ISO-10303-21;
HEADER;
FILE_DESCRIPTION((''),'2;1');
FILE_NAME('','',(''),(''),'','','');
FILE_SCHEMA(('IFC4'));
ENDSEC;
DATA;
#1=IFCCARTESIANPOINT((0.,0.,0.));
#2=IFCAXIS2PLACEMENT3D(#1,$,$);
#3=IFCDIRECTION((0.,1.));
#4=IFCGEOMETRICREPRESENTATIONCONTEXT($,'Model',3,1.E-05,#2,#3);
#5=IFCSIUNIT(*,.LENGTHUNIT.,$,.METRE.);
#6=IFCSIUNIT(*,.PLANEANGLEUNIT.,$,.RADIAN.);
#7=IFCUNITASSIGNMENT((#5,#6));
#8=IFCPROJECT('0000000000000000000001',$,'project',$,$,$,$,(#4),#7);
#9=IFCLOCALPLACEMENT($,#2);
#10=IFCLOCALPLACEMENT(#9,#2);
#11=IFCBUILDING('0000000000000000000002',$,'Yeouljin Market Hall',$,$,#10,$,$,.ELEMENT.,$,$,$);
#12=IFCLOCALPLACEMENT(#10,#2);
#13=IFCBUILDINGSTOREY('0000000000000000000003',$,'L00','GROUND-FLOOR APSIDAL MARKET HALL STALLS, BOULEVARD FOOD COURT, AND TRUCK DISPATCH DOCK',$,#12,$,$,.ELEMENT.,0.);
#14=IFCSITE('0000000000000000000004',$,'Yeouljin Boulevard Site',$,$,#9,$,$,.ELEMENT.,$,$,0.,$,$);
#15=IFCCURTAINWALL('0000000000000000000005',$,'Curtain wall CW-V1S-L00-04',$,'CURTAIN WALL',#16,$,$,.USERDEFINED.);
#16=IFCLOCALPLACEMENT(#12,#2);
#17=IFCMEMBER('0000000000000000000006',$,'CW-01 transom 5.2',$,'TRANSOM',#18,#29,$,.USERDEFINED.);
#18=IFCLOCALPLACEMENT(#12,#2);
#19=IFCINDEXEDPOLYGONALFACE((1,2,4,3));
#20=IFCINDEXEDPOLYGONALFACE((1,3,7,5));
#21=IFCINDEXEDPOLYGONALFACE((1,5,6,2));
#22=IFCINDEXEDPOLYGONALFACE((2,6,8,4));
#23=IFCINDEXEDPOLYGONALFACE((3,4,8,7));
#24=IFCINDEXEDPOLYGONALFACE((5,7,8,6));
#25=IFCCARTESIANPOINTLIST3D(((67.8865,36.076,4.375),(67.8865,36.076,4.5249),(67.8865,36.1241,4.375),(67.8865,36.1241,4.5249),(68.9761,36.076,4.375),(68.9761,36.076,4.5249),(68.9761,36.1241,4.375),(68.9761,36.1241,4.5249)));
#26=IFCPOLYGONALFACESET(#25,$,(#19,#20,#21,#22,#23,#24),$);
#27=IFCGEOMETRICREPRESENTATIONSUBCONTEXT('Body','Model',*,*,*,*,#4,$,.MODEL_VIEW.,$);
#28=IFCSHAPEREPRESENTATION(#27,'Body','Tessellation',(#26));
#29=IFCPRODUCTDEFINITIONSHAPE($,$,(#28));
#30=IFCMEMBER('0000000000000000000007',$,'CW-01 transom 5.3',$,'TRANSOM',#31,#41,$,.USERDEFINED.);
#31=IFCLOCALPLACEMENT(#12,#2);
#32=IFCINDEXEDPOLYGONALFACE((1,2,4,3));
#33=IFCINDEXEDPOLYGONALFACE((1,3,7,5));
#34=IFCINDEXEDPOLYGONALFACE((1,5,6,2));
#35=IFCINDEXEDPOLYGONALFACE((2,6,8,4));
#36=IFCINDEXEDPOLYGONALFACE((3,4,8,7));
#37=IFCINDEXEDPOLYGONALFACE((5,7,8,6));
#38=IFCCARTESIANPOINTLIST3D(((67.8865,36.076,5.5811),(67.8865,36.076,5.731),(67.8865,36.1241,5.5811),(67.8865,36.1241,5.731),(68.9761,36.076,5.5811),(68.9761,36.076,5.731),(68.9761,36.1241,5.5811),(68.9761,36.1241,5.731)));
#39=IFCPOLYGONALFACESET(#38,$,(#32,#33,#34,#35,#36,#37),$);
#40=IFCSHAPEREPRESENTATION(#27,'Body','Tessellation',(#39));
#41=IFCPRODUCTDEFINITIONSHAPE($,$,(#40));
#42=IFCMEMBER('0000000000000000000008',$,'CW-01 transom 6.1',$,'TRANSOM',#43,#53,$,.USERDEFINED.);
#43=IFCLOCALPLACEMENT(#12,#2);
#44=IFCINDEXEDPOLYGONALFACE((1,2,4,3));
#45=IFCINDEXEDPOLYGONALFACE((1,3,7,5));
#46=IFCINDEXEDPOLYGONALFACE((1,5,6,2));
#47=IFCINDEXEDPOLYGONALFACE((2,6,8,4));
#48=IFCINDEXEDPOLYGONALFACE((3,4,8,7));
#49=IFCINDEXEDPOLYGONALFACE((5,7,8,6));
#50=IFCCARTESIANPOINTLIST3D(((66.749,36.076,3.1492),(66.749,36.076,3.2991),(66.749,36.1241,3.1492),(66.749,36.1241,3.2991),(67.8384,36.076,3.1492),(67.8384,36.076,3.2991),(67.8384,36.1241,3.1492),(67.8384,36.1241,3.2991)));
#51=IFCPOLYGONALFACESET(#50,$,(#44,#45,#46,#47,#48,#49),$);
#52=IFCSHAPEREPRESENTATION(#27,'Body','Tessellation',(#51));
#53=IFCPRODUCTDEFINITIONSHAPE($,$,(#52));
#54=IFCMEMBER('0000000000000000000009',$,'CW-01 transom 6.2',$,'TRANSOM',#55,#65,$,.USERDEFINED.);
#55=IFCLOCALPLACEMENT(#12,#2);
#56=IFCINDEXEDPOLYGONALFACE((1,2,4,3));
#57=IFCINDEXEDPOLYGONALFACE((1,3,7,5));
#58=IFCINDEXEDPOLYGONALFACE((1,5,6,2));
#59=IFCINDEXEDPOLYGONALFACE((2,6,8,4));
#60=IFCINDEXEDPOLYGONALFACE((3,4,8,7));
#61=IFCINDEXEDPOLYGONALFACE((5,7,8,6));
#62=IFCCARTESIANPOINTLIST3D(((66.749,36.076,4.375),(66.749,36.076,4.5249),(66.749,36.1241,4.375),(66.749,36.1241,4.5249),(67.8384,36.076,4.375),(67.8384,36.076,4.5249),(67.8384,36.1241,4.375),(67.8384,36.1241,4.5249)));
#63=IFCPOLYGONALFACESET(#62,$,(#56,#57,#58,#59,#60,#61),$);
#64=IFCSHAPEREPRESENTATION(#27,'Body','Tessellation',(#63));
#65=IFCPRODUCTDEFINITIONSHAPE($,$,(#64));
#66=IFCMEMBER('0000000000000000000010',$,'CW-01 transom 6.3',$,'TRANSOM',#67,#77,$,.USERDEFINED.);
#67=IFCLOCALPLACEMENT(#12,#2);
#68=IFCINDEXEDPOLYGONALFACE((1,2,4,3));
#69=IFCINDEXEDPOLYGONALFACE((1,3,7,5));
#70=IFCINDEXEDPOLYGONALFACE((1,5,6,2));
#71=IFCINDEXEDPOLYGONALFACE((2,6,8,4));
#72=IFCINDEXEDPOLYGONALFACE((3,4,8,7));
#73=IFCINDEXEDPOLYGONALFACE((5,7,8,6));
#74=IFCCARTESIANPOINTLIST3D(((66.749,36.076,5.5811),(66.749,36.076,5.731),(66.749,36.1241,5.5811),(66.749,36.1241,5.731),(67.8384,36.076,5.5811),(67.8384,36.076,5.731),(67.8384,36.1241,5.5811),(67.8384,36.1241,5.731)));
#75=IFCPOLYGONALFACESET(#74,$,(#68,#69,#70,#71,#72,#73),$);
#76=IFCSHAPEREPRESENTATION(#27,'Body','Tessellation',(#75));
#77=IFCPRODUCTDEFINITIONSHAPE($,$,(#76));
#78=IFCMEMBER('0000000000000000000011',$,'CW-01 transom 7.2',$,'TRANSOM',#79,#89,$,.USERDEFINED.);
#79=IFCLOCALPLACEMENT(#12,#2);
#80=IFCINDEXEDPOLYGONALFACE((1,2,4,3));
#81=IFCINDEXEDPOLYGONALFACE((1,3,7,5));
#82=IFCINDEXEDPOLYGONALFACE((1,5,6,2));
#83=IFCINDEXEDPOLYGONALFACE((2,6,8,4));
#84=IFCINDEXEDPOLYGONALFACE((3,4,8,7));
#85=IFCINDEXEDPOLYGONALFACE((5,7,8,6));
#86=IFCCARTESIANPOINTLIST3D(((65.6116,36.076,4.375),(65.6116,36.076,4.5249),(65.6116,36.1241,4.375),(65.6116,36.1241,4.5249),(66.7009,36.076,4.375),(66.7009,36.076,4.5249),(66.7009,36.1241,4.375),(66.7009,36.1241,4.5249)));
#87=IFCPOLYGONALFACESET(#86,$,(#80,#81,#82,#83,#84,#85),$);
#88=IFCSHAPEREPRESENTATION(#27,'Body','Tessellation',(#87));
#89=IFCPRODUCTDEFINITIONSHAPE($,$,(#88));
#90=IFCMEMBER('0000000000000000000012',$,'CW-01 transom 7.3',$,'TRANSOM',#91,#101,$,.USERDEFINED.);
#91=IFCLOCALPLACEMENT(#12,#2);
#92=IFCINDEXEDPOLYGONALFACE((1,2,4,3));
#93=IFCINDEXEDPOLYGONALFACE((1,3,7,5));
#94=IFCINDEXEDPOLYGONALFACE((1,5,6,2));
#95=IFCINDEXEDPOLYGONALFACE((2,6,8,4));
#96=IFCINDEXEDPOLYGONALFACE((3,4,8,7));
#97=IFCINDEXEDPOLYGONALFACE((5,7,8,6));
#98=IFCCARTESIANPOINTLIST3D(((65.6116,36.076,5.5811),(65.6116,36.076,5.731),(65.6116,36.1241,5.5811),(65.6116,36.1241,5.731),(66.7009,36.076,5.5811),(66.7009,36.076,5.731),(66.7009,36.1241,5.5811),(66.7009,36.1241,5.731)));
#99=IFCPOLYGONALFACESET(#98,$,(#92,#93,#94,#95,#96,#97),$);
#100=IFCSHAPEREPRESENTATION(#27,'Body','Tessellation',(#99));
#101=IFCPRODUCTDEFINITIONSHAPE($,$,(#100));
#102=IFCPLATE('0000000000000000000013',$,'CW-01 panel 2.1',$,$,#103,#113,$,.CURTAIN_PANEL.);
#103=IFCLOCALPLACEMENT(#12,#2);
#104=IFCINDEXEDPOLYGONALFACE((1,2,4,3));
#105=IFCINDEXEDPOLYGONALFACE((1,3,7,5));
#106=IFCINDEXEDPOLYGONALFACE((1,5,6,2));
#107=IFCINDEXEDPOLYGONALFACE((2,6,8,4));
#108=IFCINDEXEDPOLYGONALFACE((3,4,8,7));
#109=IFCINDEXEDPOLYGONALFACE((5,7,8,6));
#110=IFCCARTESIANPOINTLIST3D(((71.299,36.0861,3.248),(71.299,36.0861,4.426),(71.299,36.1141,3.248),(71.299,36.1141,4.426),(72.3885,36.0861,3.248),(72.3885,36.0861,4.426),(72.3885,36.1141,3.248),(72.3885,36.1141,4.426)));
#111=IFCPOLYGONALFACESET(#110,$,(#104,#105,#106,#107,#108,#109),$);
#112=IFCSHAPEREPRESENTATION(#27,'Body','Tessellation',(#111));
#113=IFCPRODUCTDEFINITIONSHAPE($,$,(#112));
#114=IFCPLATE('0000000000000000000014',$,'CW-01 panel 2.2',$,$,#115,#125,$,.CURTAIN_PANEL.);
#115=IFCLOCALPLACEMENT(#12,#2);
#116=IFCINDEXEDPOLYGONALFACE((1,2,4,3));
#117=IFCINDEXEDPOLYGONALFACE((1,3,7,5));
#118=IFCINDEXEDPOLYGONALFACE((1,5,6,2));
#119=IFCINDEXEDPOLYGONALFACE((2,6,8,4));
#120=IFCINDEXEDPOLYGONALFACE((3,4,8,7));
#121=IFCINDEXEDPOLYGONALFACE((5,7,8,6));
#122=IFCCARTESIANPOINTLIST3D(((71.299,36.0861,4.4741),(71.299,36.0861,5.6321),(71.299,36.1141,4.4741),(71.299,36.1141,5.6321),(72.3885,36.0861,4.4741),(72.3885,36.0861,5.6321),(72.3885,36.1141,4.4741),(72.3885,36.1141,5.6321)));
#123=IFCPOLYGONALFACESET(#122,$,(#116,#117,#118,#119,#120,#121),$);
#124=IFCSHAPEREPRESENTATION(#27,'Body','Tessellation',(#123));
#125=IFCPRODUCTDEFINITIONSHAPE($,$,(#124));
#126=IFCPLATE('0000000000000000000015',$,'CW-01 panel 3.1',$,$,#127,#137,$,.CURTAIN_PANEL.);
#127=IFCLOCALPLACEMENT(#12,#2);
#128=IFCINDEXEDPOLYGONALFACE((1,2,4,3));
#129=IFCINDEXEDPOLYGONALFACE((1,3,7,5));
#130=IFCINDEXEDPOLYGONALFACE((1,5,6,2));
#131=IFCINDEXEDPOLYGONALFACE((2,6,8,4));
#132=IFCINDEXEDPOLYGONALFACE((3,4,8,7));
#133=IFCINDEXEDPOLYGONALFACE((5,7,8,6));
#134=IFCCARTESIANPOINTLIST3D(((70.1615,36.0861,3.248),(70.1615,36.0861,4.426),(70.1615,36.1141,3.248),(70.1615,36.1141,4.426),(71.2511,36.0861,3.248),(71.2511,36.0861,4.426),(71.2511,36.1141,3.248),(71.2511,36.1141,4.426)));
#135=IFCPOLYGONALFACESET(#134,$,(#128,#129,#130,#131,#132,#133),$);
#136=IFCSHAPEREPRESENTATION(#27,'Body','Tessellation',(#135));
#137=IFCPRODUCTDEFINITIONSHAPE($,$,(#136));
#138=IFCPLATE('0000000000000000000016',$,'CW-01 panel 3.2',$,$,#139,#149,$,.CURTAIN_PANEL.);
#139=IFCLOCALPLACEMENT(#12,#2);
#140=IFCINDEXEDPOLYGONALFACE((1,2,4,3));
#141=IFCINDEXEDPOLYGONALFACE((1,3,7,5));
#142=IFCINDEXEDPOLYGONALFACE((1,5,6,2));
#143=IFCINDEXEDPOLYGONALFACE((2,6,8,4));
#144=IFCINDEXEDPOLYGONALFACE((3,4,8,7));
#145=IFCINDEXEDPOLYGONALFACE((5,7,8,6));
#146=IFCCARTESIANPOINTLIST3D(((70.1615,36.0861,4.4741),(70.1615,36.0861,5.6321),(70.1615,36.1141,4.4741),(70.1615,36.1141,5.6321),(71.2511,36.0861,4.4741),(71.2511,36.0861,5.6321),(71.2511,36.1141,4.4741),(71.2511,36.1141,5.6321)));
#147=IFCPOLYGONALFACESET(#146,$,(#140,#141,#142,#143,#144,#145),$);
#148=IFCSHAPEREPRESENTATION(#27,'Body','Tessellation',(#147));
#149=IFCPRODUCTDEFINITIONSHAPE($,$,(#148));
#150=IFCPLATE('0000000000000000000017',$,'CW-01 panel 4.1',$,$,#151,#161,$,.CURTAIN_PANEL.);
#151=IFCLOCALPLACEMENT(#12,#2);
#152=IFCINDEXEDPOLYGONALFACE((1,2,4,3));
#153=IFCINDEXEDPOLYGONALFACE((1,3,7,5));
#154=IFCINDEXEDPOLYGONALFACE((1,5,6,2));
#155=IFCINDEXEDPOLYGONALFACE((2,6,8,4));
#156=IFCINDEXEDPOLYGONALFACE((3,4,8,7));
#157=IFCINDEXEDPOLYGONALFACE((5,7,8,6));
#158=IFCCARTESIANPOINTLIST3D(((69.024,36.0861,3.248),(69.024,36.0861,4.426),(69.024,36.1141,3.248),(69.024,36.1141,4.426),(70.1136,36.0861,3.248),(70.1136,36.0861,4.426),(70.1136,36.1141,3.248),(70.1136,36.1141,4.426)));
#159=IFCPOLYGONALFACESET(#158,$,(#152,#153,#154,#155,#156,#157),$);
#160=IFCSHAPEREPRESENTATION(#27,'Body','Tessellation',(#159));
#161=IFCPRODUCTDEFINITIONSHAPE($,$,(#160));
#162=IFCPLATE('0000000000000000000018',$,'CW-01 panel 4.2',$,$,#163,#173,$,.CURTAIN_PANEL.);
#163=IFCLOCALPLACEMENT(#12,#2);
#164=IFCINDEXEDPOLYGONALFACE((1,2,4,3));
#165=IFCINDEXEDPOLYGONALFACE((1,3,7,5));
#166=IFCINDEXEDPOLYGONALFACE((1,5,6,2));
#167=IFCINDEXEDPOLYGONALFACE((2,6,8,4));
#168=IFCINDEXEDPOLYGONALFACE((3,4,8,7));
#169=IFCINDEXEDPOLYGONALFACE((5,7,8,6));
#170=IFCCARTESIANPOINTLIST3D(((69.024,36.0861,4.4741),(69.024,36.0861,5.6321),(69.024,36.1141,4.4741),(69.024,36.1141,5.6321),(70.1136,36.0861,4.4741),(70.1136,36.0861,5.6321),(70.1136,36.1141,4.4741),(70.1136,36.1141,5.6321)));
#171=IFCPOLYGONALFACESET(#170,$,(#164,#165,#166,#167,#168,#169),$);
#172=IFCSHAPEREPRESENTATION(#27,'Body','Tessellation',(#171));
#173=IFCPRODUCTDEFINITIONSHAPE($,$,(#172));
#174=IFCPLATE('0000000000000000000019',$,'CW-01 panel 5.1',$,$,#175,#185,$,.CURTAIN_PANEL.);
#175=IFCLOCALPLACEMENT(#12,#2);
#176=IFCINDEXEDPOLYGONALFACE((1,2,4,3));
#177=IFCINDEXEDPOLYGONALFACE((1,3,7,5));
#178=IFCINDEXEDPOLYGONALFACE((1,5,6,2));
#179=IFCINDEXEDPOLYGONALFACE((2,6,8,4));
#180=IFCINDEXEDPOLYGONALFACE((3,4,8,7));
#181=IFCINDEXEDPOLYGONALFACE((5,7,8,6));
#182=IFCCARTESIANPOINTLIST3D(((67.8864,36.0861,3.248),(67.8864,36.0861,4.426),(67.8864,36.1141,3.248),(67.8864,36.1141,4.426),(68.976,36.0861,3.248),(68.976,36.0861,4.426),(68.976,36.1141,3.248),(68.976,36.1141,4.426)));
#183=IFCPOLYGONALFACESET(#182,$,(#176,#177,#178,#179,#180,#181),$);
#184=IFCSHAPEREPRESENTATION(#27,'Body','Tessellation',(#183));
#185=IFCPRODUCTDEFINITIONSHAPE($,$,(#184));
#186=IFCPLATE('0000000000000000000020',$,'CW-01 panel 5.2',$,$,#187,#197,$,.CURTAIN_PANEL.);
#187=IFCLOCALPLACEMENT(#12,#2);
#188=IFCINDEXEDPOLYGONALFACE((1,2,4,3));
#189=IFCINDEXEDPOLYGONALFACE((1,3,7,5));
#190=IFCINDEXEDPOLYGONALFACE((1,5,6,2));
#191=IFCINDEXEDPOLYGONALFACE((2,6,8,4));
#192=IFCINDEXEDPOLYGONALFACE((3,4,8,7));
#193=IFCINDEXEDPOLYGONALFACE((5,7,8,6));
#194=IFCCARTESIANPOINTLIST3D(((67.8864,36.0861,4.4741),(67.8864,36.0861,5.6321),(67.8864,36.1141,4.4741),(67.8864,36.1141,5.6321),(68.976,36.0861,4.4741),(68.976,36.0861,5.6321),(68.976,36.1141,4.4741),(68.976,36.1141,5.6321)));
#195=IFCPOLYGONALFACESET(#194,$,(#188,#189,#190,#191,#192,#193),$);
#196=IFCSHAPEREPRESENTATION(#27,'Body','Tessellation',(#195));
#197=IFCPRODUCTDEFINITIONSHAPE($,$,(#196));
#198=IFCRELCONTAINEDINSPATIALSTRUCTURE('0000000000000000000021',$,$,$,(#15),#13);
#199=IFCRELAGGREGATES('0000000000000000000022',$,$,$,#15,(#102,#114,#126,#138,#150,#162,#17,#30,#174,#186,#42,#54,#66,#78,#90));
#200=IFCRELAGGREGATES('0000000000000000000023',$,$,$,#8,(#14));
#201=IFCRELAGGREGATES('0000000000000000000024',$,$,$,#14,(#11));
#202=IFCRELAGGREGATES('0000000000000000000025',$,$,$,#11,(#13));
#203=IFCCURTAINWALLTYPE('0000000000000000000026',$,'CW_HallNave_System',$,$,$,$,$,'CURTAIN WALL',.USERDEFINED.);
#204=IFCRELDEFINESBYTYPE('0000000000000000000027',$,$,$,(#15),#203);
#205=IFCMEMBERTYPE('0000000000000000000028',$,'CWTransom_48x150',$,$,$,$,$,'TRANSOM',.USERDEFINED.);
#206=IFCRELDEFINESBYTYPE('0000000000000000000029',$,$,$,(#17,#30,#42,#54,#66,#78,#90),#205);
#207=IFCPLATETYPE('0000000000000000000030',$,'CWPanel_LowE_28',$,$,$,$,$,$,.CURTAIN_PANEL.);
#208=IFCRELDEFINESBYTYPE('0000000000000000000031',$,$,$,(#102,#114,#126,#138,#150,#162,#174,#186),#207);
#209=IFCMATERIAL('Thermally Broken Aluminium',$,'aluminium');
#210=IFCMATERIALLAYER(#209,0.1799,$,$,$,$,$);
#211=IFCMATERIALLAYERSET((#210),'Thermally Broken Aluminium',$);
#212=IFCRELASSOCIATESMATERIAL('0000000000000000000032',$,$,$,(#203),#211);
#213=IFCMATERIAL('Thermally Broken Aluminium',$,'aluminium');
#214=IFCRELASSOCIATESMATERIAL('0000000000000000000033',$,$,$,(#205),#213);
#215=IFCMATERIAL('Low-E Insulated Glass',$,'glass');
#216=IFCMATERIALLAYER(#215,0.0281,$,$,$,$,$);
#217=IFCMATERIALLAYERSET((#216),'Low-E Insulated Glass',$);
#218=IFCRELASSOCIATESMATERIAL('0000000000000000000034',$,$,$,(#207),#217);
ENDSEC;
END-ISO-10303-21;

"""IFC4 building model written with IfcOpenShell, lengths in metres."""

from ifc_helpers import new_model, si_unit, direction, frame, origin, origin_2d, place, context, subcontext, project, spatial, rectangle, extrude, material, layer, layer_set, material_profile, profile_set, type_object, element, aggregate, save


model = new_model("IFC4")

# Units and contexts
model_context = context("Model", 3, precision=1e-05, world=origin(), true_north=direction((0.0, 1.0)))
body_context = subcontext(model_context, "Body", "Model", "MODEL_VIEW")
ifc_project = project(units=[si_unit("LENGTHUNIT", "METRE"), si_unit("PLANEANGLEUNIT", "RADIAN")], contexts=[model_context])

# Site, building, storey
site_placement = place(None, origin())
site = spatial("IfcSite", under=ifc_project, at=site_placement, Name="Yeouljin Boulevard Site", CompositionType="ELEMENT", RefElevation=0.0)
building_placement = place(site_placement, origin())
building = spatial("IfcBuilding", under=site, at=building_placement, Name="Yeouljin Market Hall", CompositionType="ELEMENT")
storey_placement = place(building_placement, origin())
storey = spatial("IfcBuildingStorey", under=building, at=storey_placement, Name="L00", Description="GROUND-FLOOR APSIDAL MARKET HALL STALLS, BOULEVARD FOOD COURT, AND TRUCK DISPATCH DOCK", CompositionType="ELEMENT", Elevation=0.0)

# Curtain wall, members, plates
ifc_material_1 = material(Name="Thermally Broken Aluminium", Category="aluminium")
ifc_layer_1 = layer(ifc_material_1, 0.1799)
ifc_layer_set_1 = layer_set([ifc_layer_1], Name="Thermally Broken Aluminium")
curtain_wall_type = type_object("IfcCurtainWallType", Name="CW_HallNave_System", ElementType="CURTAIN WALL", PredefinedType="USERDEFINED", material=ifc_layer_set_1)
curtain_wall_placement = place(storey_placement, origin())
curtain_wall = element("IfcCurtainWall", 1, at=curtain_wall_placement, inside=storey, type_object=curtain_wall_type, Name="Curtain wall CW-V1S-L00-04", ObjectType="CURTAIN WALL", PredefinedType="USERDEFINED")
ifc_material_2 = material(Name="Thermally Broken Aluminium", Category="aluminium")
ifc_material_profile_1 = material_profile(ifc_material_2, rectangle(XDim=0.0481, YDim=0.1499, at=origin_2d()), Name="CW-TRAN-48x150")
ifc_profile_set_1 = profile_set([ifc_material_profile_1], Name="Thermally Broken Aluminium")
member_type_1 = type_object("IfcMemberType", Name="CWTransom_48x150", ElementType="TRANSOM", PredefinedType="USERDEFINED", material=ifc_profile_set_1)
member_1_placement = place(storey_placement, frame((68.9761, 36.1001, 4.45), z_axis=(-1.0, 0.0, 0.0), x_axis=(0.0, -1.0, 0.0)))
member_1 = element("IfcMember", 2, at=member_1_placement, type_object=member_type_1, Name="CW-01 transom 5.2", ObjectType="TRANSOM", PredefinedType="USERDEFINED", context=body_context, shape_type="SweptSolid", body=[
    extrude(rectangle(XDim=0.0481, YDim=0.1499, at=origin_2d()), origin(), (0.0, 0.0, 1.0), 1.0896),
])
member_2_placement = place(storey_placement, frame((68.9761, 36.1001, 5.656), z_axis=(-1.0, 0.0, 0.0), x_axis=(0.0, -1.0, 0.0)))
member_2 = element("IfcMember", 3, at=member_2_placement, type_object=member_type_1, Name="CW-01 transom 5.3", ObjectType="TRANSOM", PredefinedType="USERDEFINED", context=body_context, shape_type="SweptSolid", body=[
    extrude(rectangle(XDim=0.0481, YDim=0.1499, at=origin_2d()), origin(), (0.0, 0.0, 1.0), 1.0896),
])
member_3_placement = place(storey_placement, frame((67.8384, 36.1001, 3.2241), z_axis=(-1.0, 0.0, 0.0), x_axis=(0.0, -1.0, 0.0)))
member_3 = element("IfcMember", 4, at=member_3_placement, type_object=member_type_1, Name="CW-01 transom 6.1", ObjectType="TRANSOM", PredefinedType="USERDEFINED", context=body_context, shape_type="SweptSolid", body=[
    extrude(rectangle(XDim=0.0481, YDim=0.1499, at=origin_2d()), origin(), (0.0, 0.0, 1.0), 1.0894),
])
member_4_placement = place(storey_placement, frame((67.8384, 36.1001, 4.45), z_axis=(-1.0, 0.0, 0.0), x_axis=(0.0, -1.0, 0.0)))
member_4 = element("IfcMember", 5, at=member_4_placement, type_object=member_type_1, Name="CW-01 transom 6.2", ObjectType="TRANSOM", PredefinedType="USERDEFINED", context=body_context, shape_type="SweptSolid", body=[
    extrude(rectangle(XDim=0.0481, YDim=0.1499, at=origin_2d()), origin(), (0.0, 0.0, 1.0), 1.0894),
])
member_5_placement = place(storey_placement, frame((67.8384, 36.1001, 5.656), z_axis=(-1.0, 0.0, 0.0), x_axis=(0.0, -1.0, 0.0)))
member_5 = element("IfcMember", 6, at=member_5_placement, type_object=member_type_1, Name="CW-01 transom 6.3", ObjectType="TRANSOM", PredefinedType="USERDEFINED", context=body_context, shape_type="SweptSolid", body=[
    extrude(rectangle(XDim=0.0481, YDim=0.1499, at=origin_2d()), origin(), (0.0, 0.0, 1.0), 1.0894),
])
member_6_placement = place(storey_placement, frame((66.7009, 36.1001, 4.45), z_axis=(-1.0, 0.0, 0.0), x_axis=(0.0, -1.0, 0.0)))
member_6 = element("IfcMember", 7, at=member_6_placement, type_object=member_type_1, Name="CW-01 transom 7.2", ObjectType="TRANSOM", PredefinedType="USERDEFINED", context=body_context, shape_type="SweptSolid", body=[
    extrude(rectangle(XDim=0.0481, YDim=0.1499, at=origin_2d()), origin(), (0.0, 0.0, 1.0), 1.0894),
])
member_7_placement = place(storey_placement, frame((66.7009, 36.1001, 5.656), z_axis=(-1.0, 0.0, 0.0), x_axis=(0.0, -1.0, 0.0)))
member_7 = element("IfcMember", 8, at=member_7_placement, type_object=member_type_1, Name="CW-01 transom 7.3", ObjectType="TRANSOM", PredefinedType="USERDEFINED", context=body_context, shape_type="SweptSolid", body=[
    extrude(rectangle(XDim=0.0481, YDim=0.1499, at=origin_2d()), origin(), (0.0, 0.0, 1.0), 1.0894),
])
ifc_material_3 = material(Name="Low-E Insulated Glass", Category="glass")
ifc_layer_2 = layer(ifc_material_3, 0.0281)
ifc_layer_set_2 = layer_set([ifc_layer_2], Name="Low-E Insulated Glass")
plate_type = type_object("IfcPlateType", Name="CWPanel_LowE_28", PredefinedType="CURTAIN_PANEL", material=ifc_layer_set_2)
plate_1_placement = place(storey_placement, frame((71.8438, 36.1001, 3.248), z_axis=(0.0, 0.0, 1.0), x_axis=(-1.0, 0.0, 0.0)))
plate_1 = element("IfcPlate", 9, at=plate_1_placement, type_object=plate_type, Name="CW-01 panel 2.1", PredefinedType="CURTAIN_PANEL", context=body_context, shape_type="SweptSolid", body=[
    extrude(rectangle(XDim=1.0896, YDim=0.0281, at=origin_2d()), origin(), (0.0, 0.0, 1.0), 1.178),
])
plate_2_placement = place(storey_placement, frame((71.8438, 36.1001, 4.4741), z_axis=(0.0, 0.0, 1.0), x_axis=(-1.0, 0.0, 0.0)))
plate_2 = element("IfcPlate", 10, at=plate_2_placement, type_object=plate_type, Name="CW-01 panel 2.2", PredefinedType="CURTAIN_PANEL", context=body_context, shape_type="SweptSolid", body=[
    extrude(rectangle(XDim=1.0896, YDim=0.0281, at=origin_2d()), origin(), (0.0, 0.0, 1.0), 1.158),
])
plate_3_placement = place(storey_placement, frame((70.7063, 36.1001, 3.248), z_axis=(0.0, 0.0, 1.0), x_axis=(-1.0, 0.0, 0.0)))
plate_3 = element("IfcPlate", 11, at=plate_3_placement, type_object=plate_type, Name="CW-01 panel 3.1", PredefinedType="CURTAIN_PANEL", context=body_context, shape_type="SweptSolid", body=[
    extrude(rectangle(XDim=1.0896, YDim=0.0281, at=origin_2d()), origin(), (0.0, 0.0, 1.0), 1.178),
])
plate_4_placement = place(storey_placement, frame((70.7063, 36.1001, 4.4741), z_axis=(0.0, 0.0, 1.0), x_axis=(-1.0, 0.0, 0.0)))
plate_4 = element("IfcPlate", 12, at=plate_4_placement, type_object=plate_type, Name="CW-01 panel 3.2", PredefinedType="CURTAIN_PANEL", context=body_context, shape_type="SweptSolid", body=[
    extrude(rectangle(XDim=1.0896, YDim=0.0281, at=origin_2d()), origin(), (0.0, 0.0, 1.0), 1.158),
])
plate_5_placement = place(storey_placement, frame((69.5688, 36.1001, 3.248), z_axis=(0.0, 0.0, 1.0), x_axis=(-1.0, 0.0, 0.0)))
plate_5 = element("IfcPlate", 13, at=plate_5_placement, type_object=plate_type, Name="CW-01 panel 4.1", PredefinedType="CURTAIN_PANEL", context=body_context, shape_type="SweptSolid", body=[
    extrude(rectangle(XDim=1.0896, YDim=0.0281, at=origin_2d()), origin(), (0.0, 0.0, 1.0), 1.178),
])
plate_6_placement = place(storey_placement, frame((69.5688, 36.1001, 4.4741), z_axis=(0.0, 0.0, 1.0), x_axis=(-1.0, 0.0, 0.0)))
plate_6 = element("IfcPlate", 14, at=plate_6_placement, type_object=plate_type, Name="CW-01 panel 4.2", PredefinedType="CURTAIN_PANEL", context=body_context, shape_type="SweptSolid", body=[
    extrude(rectangle(XDim=1.0896, YDim=0.0281, at=origin_2d()), origin(), (0.0, 0.0, 1.0), 1.158),
])
plate_7_placement = place(storey_placement, frame((68.4312, 36.1001, 3.248), z_axis=(0.0, 0.0, 1.0), x_axis=(-1.0, 0.0, 0.0)))
plate_7 = element("IfcPlate", 15, at=plate_7_placement, type_object=plate_type, Name="CW-01 panel 5.1", PredefinedType="CURTAIN_PANEL", context=body_context, shape_type="SweptSolid", body=[
    extrude(rectangle(XDim=1.0896, YDim=0.0281, at=origin_2d()), origin(), (0.0, 0.0, 1.0), 1.178),
])
plate_8_placement = place(storey_placement, frame((68.4312, 36.1001, 4.4741), z_axis=(0.0, 0.0, 1.0), x_axis=(-1.0, 0.0, 0.0)))
plate_8 = element("IfcPlate", 16, at=plate_8_placement, type_object=plate_type, Name="CW-01 panel 5.2", PredefinedType="CURTAIN_PANEL", context=body_context, shape_type="SweptSolid", body=[
    extrude(rectangle(XDim=1.0896, YDim=0.0281, at=origin_2d()), origin(), (0.0, 0.0, 1.0), 1.158),
])
aggregate(curtain_wall, [plate_1, plate_2, plate_3, plate_4, plate_5, plate_6, member_1, member_2, plate_7, plate_8, member_3, member_4, member_5, member_6, member_7])

save(model, "model.ifc")
